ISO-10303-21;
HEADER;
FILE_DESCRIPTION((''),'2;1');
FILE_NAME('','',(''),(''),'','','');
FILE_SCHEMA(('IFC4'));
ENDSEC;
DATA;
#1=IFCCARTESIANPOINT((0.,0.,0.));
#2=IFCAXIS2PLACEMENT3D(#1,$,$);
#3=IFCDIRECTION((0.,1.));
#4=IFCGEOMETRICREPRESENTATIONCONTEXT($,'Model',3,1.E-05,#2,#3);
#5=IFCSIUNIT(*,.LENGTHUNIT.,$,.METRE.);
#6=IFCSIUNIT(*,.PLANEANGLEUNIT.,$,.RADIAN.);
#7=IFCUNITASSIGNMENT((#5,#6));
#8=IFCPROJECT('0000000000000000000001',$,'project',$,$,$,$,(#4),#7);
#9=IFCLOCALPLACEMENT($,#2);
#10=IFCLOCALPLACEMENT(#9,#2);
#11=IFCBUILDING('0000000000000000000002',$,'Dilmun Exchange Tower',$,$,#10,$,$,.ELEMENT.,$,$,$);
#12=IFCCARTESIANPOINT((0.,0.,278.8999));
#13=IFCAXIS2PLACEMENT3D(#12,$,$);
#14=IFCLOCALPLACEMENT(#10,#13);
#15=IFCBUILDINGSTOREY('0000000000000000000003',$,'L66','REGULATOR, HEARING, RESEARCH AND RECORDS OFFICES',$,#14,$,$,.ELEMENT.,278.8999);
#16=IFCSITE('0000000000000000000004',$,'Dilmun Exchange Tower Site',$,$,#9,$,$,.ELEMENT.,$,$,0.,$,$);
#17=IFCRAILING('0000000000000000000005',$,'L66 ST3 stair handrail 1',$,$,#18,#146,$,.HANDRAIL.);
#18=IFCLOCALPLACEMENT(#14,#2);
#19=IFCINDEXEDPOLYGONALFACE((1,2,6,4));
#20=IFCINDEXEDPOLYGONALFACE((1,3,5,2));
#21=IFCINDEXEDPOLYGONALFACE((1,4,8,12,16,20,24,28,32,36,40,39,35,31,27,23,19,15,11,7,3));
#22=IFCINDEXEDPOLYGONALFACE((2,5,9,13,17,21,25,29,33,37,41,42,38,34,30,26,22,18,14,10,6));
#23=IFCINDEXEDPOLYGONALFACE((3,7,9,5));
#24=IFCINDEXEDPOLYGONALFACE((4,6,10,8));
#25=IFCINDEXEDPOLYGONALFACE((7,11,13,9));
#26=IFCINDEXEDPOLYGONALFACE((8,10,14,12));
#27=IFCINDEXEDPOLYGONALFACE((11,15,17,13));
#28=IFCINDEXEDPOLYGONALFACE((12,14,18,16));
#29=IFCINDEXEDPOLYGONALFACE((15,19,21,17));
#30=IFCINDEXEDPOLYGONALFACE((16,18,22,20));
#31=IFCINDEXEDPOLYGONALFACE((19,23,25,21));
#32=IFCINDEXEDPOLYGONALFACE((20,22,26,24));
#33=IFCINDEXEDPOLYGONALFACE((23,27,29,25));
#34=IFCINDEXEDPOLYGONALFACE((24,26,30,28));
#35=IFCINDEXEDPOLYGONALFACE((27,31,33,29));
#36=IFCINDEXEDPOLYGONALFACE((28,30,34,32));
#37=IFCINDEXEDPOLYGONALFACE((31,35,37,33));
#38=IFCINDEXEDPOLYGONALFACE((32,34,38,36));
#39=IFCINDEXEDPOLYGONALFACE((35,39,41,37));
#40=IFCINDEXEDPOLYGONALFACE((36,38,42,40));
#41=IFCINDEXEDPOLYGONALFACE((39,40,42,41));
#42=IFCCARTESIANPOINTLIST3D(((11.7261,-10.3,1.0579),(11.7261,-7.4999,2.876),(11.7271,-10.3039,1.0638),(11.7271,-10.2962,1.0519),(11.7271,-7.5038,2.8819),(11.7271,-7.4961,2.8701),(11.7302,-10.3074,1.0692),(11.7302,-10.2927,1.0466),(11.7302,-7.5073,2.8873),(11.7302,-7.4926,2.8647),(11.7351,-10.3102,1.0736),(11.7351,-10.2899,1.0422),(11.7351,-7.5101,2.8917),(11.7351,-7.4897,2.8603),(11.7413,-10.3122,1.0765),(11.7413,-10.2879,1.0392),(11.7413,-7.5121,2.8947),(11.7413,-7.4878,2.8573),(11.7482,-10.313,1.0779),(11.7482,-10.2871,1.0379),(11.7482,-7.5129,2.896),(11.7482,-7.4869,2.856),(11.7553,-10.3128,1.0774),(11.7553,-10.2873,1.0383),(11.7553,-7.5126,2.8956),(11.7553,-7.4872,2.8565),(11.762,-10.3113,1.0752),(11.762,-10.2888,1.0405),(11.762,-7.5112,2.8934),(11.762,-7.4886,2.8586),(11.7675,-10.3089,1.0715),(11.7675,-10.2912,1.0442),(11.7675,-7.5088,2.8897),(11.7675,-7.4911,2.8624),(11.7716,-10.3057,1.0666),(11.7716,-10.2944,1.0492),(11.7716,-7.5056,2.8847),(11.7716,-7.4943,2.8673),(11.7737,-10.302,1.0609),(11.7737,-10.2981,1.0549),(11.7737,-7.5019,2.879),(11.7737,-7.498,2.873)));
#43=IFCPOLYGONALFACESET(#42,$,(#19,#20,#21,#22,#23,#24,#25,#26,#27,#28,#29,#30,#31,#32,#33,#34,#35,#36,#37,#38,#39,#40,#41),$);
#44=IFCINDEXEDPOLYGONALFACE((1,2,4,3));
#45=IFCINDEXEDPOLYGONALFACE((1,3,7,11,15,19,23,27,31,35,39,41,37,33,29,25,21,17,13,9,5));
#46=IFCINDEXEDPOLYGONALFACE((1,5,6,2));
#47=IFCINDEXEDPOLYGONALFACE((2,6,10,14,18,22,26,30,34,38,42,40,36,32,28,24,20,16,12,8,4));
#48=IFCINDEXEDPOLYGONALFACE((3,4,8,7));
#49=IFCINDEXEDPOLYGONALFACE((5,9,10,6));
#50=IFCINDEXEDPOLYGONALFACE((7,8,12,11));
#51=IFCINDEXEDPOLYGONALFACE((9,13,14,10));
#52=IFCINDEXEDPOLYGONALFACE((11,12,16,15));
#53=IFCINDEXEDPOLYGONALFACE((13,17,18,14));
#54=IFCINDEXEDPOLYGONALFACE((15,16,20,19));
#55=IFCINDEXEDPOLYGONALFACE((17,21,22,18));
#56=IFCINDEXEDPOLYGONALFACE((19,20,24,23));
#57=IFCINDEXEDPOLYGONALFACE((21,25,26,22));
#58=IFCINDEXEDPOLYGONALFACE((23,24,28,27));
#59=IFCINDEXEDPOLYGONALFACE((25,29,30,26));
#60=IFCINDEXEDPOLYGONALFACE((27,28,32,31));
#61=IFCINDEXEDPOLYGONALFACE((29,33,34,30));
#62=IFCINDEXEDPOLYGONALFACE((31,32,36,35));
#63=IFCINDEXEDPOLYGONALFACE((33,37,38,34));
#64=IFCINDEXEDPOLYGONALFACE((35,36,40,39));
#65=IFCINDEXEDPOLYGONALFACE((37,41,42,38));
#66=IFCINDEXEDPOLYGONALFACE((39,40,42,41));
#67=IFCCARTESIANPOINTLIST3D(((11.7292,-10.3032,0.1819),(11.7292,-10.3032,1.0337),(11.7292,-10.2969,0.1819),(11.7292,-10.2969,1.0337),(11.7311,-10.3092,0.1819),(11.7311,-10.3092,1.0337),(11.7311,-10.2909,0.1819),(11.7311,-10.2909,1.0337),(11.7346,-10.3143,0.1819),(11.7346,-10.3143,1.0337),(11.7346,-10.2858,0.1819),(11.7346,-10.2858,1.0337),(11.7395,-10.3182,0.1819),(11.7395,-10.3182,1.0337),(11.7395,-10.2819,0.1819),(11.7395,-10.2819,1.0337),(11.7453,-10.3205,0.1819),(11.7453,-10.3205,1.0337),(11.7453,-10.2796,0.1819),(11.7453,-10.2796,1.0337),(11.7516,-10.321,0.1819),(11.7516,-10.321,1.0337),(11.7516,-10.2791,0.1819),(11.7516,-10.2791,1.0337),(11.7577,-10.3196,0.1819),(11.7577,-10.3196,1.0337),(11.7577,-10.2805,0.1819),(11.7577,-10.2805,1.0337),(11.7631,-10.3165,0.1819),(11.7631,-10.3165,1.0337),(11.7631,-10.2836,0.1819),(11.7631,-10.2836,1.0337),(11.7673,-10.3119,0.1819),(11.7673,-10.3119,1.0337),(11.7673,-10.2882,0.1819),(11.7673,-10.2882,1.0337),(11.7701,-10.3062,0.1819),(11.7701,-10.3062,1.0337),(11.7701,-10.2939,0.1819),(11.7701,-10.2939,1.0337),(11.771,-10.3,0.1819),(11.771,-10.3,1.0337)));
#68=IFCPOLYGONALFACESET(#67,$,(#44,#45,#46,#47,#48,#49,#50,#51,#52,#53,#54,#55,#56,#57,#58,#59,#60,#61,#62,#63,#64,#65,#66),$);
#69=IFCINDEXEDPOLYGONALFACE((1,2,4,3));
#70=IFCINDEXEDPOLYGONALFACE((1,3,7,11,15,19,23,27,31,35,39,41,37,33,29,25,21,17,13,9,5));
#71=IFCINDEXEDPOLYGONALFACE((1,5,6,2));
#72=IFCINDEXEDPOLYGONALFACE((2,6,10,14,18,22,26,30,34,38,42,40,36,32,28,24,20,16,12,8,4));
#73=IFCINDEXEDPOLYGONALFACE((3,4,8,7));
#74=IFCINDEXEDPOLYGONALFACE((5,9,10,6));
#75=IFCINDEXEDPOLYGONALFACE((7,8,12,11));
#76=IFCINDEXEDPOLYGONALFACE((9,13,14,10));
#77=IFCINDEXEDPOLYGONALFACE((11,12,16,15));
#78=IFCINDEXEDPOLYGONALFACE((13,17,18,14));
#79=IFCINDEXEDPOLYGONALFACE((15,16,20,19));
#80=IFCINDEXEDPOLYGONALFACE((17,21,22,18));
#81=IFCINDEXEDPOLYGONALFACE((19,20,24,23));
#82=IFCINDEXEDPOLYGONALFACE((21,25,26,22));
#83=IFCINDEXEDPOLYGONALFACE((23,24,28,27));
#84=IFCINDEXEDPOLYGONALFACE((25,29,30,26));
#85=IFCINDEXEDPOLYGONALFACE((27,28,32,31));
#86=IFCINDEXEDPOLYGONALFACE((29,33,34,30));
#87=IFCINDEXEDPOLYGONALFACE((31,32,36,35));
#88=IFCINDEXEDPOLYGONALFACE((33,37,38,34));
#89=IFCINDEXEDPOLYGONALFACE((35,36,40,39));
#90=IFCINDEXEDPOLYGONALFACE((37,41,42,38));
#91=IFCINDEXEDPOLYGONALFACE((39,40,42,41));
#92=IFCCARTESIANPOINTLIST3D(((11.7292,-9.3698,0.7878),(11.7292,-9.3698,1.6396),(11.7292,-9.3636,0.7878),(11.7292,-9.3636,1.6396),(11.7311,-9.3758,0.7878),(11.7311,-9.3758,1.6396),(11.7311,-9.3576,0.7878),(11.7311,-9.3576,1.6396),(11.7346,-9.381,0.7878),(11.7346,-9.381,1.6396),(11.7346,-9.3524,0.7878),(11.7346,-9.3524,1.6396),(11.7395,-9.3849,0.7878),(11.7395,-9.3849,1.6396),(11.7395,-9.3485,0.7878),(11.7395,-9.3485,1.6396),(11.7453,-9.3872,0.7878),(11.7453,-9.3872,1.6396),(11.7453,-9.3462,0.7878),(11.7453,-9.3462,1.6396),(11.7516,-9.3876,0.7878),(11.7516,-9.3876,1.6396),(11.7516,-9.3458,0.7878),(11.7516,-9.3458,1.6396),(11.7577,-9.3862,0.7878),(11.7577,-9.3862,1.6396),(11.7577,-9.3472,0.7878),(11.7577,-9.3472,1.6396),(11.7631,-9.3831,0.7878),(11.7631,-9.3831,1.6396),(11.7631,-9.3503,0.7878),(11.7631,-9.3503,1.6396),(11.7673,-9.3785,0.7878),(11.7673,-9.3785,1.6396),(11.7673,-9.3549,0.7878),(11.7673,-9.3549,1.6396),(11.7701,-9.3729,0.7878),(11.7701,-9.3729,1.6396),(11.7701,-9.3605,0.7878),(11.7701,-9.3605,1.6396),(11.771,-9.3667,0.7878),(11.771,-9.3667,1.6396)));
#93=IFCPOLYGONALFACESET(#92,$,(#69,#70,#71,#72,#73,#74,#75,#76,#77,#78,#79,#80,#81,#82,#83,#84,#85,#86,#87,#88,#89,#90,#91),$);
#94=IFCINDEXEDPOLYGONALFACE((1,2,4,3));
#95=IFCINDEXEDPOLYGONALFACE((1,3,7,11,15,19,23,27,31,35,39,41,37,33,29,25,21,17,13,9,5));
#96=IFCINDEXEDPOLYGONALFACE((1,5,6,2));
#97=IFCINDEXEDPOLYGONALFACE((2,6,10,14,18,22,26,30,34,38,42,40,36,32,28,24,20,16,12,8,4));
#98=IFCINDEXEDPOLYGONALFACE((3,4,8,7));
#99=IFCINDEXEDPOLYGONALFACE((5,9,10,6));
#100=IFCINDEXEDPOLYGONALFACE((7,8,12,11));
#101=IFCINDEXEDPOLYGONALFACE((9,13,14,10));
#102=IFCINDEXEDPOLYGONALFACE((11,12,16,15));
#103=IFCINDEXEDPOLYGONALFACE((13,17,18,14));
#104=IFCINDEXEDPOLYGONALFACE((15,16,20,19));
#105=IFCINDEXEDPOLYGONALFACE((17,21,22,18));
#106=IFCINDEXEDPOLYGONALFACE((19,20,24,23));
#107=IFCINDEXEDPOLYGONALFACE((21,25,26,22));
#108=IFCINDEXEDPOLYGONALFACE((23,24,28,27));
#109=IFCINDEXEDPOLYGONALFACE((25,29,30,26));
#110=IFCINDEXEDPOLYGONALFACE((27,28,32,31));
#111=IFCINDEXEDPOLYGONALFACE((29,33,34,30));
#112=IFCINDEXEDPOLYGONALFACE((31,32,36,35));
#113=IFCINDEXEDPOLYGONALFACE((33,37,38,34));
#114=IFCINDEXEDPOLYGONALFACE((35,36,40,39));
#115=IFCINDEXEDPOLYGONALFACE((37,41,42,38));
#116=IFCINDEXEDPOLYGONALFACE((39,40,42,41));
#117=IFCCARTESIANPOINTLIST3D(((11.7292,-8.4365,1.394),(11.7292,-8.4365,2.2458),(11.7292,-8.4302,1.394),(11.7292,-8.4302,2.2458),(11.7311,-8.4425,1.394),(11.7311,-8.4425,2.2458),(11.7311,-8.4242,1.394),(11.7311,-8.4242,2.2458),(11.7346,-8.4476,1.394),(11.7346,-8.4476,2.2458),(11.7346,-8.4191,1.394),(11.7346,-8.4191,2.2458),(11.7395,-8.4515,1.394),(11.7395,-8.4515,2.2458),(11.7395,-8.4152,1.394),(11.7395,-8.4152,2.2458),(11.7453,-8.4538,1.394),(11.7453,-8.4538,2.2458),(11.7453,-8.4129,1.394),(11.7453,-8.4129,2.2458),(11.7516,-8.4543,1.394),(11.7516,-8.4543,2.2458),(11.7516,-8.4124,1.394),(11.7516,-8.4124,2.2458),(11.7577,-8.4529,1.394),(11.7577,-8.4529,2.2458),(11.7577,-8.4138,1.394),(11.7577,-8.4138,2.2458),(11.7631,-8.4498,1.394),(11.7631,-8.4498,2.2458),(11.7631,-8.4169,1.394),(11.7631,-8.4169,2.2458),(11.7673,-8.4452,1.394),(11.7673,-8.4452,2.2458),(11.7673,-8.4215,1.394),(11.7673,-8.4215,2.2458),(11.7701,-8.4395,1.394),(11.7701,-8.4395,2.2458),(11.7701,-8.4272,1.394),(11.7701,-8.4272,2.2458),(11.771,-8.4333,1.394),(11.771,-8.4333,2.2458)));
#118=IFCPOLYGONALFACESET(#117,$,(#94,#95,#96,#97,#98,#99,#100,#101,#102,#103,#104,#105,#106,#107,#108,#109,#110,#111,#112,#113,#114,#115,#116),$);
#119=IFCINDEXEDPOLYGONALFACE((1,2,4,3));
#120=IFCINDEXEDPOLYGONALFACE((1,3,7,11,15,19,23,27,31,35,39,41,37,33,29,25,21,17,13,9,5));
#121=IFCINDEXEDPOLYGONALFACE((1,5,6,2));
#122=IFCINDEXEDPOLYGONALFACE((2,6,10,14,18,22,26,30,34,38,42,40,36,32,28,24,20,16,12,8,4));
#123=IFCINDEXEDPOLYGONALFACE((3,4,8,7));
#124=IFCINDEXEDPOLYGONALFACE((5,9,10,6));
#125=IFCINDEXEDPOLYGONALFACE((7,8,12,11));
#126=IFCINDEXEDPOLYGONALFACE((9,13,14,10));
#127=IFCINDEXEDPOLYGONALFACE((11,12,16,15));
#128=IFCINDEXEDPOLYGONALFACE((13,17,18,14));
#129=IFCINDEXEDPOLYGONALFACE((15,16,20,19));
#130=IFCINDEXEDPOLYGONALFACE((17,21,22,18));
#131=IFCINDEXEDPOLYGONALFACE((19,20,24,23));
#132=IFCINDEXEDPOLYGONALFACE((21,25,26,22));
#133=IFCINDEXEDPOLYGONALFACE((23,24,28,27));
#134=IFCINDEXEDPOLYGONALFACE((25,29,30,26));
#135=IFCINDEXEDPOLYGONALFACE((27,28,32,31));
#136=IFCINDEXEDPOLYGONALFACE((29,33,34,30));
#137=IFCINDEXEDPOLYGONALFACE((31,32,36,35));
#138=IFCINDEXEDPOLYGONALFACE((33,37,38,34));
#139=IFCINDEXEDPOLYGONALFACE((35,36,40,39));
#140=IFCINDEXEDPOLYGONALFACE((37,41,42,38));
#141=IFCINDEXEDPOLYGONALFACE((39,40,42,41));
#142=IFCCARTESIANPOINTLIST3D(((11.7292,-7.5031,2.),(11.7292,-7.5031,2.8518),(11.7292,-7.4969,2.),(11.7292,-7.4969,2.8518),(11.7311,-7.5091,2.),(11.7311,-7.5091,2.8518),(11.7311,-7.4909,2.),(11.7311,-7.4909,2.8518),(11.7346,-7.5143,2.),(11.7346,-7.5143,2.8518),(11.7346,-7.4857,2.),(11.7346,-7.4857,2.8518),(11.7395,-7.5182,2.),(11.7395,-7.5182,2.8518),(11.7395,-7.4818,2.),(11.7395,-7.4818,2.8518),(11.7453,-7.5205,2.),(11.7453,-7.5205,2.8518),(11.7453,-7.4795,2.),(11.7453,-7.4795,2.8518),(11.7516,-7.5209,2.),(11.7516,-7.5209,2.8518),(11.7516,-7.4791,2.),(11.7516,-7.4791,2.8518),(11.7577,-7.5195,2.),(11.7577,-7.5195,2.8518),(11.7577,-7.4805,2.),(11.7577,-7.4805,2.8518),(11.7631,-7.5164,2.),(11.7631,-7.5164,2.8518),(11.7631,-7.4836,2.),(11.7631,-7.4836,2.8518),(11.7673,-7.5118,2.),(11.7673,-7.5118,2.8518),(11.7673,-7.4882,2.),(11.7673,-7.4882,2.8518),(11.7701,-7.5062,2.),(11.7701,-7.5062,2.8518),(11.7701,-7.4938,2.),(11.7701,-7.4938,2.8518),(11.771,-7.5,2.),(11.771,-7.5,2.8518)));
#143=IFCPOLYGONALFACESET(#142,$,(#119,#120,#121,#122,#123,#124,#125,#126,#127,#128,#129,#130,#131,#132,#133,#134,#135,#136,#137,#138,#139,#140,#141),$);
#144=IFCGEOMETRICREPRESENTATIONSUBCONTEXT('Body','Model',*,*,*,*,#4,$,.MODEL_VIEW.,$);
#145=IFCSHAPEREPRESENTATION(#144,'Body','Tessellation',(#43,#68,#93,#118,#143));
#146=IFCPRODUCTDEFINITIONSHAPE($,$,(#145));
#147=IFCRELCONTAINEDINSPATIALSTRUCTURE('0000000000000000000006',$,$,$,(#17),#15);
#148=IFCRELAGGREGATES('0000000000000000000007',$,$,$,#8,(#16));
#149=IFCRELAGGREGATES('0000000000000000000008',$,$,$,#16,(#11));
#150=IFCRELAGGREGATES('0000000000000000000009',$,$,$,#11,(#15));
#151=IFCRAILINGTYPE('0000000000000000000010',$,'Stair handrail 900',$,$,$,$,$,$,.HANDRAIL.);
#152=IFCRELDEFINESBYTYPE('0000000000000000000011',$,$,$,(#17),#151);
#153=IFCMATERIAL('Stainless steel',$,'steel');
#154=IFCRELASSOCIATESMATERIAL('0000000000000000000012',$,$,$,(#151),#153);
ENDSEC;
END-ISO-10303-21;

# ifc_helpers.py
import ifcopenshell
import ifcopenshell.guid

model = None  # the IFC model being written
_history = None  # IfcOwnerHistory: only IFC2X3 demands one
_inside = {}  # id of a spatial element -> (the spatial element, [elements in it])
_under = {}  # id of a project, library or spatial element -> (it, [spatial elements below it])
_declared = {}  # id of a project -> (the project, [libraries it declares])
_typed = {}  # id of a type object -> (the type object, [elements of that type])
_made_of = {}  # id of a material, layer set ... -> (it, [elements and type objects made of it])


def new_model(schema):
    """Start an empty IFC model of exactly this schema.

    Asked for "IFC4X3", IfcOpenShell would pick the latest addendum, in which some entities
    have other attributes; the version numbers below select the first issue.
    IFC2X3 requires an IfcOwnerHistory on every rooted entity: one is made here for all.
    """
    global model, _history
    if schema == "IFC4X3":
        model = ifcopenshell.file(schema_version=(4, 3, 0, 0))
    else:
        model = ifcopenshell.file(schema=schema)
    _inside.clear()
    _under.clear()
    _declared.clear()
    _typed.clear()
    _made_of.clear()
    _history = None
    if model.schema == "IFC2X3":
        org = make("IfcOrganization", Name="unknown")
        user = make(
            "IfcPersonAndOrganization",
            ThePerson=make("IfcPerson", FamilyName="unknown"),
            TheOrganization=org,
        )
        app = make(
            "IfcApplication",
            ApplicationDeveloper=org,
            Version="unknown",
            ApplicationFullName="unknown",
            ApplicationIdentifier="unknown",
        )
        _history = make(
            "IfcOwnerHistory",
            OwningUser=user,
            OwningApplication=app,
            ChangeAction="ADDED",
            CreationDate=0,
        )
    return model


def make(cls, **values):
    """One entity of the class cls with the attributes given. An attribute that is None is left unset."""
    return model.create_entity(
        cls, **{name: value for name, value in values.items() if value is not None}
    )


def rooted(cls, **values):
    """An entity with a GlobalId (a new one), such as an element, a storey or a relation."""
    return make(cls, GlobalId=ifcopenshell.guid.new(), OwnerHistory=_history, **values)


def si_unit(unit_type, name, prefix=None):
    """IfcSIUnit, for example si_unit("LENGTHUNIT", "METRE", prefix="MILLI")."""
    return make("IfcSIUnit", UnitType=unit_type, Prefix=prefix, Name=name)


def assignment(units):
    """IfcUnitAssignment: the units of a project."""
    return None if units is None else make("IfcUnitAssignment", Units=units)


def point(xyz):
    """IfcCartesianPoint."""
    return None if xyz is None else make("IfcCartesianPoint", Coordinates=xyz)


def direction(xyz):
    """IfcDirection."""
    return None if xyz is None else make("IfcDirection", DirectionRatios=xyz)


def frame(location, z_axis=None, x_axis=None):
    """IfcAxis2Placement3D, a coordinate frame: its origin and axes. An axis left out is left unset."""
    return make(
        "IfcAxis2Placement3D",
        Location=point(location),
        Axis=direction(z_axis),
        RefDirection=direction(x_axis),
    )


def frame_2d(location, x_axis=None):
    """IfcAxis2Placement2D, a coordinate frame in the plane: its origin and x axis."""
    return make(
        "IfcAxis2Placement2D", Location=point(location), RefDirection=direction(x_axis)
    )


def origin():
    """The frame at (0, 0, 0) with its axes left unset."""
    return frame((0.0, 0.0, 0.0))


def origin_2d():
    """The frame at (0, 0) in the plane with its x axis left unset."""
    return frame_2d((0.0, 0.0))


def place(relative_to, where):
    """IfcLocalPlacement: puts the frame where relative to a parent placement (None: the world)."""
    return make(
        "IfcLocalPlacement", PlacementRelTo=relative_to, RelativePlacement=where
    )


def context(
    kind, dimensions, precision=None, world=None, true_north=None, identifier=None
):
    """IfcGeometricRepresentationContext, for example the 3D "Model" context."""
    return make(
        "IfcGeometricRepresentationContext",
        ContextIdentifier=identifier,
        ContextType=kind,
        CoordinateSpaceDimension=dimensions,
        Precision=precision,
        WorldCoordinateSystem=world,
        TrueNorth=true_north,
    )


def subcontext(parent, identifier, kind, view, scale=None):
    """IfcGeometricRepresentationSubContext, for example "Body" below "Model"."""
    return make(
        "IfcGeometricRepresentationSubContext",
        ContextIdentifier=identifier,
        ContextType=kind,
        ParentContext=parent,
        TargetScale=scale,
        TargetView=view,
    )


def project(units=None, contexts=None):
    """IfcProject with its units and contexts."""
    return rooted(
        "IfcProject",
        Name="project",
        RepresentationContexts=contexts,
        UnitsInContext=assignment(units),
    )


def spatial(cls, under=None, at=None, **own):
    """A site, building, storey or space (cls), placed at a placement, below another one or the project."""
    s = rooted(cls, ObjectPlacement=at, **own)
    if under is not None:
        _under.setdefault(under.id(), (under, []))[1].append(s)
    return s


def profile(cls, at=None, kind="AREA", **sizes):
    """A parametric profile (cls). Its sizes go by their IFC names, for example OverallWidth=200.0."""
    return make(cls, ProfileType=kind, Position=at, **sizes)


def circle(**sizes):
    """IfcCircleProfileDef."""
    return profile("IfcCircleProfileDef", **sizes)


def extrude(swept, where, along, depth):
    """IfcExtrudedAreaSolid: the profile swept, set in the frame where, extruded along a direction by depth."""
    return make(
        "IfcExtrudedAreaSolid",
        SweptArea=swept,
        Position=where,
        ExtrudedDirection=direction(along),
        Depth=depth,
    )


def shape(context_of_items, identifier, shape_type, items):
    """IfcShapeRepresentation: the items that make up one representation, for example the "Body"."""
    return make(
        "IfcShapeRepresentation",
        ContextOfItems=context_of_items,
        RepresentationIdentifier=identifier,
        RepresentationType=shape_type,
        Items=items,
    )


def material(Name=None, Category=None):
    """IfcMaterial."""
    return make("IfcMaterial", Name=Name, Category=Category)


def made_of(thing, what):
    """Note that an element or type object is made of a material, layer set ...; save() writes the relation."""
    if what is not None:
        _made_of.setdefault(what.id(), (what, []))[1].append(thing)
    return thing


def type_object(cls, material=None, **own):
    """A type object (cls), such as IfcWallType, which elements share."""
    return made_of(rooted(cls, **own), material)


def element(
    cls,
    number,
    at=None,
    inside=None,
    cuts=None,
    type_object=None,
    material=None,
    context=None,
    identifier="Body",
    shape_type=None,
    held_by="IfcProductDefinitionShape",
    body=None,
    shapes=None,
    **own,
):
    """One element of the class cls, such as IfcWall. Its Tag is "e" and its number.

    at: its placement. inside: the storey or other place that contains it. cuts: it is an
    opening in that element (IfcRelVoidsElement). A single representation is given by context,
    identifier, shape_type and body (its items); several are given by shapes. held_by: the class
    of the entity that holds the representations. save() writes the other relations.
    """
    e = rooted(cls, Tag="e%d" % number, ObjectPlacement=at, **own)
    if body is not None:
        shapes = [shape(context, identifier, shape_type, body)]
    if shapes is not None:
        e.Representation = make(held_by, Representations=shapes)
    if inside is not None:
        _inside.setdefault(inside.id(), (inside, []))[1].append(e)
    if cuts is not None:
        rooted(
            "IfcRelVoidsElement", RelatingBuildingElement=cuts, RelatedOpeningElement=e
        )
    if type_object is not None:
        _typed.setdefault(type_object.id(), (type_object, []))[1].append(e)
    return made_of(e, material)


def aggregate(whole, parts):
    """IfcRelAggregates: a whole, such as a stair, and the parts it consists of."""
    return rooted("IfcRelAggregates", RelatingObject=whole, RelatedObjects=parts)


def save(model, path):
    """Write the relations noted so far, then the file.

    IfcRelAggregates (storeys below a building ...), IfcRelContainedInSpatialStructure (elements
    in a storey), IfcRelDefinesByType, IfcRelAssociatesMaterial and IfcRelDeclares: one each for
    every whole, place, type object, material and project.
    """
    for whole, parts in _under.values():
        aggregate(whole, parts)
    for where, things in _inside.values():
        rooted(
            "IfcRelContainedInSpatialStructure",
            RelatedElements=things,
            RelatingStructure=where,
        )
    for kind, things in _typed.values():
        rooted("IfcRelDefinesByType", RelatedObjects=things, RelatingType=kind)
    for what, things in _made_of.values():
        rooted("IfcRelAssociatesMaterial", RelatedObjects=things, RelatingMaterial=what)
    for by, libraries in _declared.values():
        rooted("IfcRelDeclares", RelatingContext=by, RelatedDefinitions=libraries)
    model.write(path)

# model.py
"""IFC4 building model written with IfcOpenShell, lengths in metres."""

from ifc_helpers import new_model, si_unit, direction, frame, origin, origin_2d, place, context, subcontext, project, spatial, circle, extrude, material, type_object, element, save


model = new_model("IFC4")

# Units and contexts
model_context = context("Model", 3, precision=1e-05, world=origin(), true_north=direction((0.0, 1.0)))
body_context = subcontext(model_context, "Body", "Model", "MODEL_VIEW")
ifc_project = project(units=[si_unit("LENGTHUNIT", "METRE"), si_unit("PLANEANGLEUNIT", "RADIAN")], contexts=[model_context])

# Site, building, storey
site_placement = place(None, origin())
site = spatial("IfcSite", under=ifc_project, at=site_placement, Name="Dilmun Exchange Tower Site", CompositionType="ELEMENT", RefElevation=0.0)
building_placement = place(site_placement, origin())
building = spatial("IfcBuilding", under=site, at=building_placement, Name="Dilmun Exchange Tower", CompositionType="ELEMENT")
storey_placement = place(building_placement, frame((0.0, 0.0, 278.8999)))
storey = spatial("IfcBuildingStorey", under=building, at=storey_placement, Name="L66", Description="REGULATOR, HEARING, RESEARCH AND RECORDS OFFICES", CompositionType="ELEMENT", Elevation=278.8999)

# Railing
ifc_material_1 = material(Name="Stainless steel", Category="steel")
railing_type = type_object("IfcRailingType", Name="Stair handrail 900", PredefinedType="HANDRAIL", material=ifc_material_1)
railing_1_placement = place(storey_placement, frame((11.75, -10.3, 0.1819)))
element("IfcRailing", 1, at=railing_1_placement, inside=storey, type_object=railing_type, Name="L66 ST3 stair handrail 1", PredefinedType="HANDRAIL", context=body_context, shape_type="SweptSolid", body=[
    extrude(circle(Radius=0.0239, at=origin_2d()), frame((0.0, 0.0, 0.876), z_axis=(0.0, 0.838706, 0.544585), x_axis=(-1.0, 0.0, 0.0)), (0.0, 0.0, 1.0), 3.3386),
    extrude(circle(Radius=0.021, at=origin_2d()), origin(), (0.0, 0.0, 1.0), 0.8518),
    extrude(circle(Radius=0.021, at=origin_2d()), frame((0.0, 0.9333, 0.606)), (0.0, 0.0, 1.0), 0.8518),
    extrude(circle(Radius=0.021, at=origin_2d()), frame((0.0, 1.8667, 1.2122)), (0.0, 0.0, 1.0), 0.8518),
    extrude(circle(Radius=0.021, at=origin_2d()), frame((0.0, 2.8, 1.8181)), (0.0, 0.0, 1.0), 0.8518),
])

save(model, "model.ifc")
